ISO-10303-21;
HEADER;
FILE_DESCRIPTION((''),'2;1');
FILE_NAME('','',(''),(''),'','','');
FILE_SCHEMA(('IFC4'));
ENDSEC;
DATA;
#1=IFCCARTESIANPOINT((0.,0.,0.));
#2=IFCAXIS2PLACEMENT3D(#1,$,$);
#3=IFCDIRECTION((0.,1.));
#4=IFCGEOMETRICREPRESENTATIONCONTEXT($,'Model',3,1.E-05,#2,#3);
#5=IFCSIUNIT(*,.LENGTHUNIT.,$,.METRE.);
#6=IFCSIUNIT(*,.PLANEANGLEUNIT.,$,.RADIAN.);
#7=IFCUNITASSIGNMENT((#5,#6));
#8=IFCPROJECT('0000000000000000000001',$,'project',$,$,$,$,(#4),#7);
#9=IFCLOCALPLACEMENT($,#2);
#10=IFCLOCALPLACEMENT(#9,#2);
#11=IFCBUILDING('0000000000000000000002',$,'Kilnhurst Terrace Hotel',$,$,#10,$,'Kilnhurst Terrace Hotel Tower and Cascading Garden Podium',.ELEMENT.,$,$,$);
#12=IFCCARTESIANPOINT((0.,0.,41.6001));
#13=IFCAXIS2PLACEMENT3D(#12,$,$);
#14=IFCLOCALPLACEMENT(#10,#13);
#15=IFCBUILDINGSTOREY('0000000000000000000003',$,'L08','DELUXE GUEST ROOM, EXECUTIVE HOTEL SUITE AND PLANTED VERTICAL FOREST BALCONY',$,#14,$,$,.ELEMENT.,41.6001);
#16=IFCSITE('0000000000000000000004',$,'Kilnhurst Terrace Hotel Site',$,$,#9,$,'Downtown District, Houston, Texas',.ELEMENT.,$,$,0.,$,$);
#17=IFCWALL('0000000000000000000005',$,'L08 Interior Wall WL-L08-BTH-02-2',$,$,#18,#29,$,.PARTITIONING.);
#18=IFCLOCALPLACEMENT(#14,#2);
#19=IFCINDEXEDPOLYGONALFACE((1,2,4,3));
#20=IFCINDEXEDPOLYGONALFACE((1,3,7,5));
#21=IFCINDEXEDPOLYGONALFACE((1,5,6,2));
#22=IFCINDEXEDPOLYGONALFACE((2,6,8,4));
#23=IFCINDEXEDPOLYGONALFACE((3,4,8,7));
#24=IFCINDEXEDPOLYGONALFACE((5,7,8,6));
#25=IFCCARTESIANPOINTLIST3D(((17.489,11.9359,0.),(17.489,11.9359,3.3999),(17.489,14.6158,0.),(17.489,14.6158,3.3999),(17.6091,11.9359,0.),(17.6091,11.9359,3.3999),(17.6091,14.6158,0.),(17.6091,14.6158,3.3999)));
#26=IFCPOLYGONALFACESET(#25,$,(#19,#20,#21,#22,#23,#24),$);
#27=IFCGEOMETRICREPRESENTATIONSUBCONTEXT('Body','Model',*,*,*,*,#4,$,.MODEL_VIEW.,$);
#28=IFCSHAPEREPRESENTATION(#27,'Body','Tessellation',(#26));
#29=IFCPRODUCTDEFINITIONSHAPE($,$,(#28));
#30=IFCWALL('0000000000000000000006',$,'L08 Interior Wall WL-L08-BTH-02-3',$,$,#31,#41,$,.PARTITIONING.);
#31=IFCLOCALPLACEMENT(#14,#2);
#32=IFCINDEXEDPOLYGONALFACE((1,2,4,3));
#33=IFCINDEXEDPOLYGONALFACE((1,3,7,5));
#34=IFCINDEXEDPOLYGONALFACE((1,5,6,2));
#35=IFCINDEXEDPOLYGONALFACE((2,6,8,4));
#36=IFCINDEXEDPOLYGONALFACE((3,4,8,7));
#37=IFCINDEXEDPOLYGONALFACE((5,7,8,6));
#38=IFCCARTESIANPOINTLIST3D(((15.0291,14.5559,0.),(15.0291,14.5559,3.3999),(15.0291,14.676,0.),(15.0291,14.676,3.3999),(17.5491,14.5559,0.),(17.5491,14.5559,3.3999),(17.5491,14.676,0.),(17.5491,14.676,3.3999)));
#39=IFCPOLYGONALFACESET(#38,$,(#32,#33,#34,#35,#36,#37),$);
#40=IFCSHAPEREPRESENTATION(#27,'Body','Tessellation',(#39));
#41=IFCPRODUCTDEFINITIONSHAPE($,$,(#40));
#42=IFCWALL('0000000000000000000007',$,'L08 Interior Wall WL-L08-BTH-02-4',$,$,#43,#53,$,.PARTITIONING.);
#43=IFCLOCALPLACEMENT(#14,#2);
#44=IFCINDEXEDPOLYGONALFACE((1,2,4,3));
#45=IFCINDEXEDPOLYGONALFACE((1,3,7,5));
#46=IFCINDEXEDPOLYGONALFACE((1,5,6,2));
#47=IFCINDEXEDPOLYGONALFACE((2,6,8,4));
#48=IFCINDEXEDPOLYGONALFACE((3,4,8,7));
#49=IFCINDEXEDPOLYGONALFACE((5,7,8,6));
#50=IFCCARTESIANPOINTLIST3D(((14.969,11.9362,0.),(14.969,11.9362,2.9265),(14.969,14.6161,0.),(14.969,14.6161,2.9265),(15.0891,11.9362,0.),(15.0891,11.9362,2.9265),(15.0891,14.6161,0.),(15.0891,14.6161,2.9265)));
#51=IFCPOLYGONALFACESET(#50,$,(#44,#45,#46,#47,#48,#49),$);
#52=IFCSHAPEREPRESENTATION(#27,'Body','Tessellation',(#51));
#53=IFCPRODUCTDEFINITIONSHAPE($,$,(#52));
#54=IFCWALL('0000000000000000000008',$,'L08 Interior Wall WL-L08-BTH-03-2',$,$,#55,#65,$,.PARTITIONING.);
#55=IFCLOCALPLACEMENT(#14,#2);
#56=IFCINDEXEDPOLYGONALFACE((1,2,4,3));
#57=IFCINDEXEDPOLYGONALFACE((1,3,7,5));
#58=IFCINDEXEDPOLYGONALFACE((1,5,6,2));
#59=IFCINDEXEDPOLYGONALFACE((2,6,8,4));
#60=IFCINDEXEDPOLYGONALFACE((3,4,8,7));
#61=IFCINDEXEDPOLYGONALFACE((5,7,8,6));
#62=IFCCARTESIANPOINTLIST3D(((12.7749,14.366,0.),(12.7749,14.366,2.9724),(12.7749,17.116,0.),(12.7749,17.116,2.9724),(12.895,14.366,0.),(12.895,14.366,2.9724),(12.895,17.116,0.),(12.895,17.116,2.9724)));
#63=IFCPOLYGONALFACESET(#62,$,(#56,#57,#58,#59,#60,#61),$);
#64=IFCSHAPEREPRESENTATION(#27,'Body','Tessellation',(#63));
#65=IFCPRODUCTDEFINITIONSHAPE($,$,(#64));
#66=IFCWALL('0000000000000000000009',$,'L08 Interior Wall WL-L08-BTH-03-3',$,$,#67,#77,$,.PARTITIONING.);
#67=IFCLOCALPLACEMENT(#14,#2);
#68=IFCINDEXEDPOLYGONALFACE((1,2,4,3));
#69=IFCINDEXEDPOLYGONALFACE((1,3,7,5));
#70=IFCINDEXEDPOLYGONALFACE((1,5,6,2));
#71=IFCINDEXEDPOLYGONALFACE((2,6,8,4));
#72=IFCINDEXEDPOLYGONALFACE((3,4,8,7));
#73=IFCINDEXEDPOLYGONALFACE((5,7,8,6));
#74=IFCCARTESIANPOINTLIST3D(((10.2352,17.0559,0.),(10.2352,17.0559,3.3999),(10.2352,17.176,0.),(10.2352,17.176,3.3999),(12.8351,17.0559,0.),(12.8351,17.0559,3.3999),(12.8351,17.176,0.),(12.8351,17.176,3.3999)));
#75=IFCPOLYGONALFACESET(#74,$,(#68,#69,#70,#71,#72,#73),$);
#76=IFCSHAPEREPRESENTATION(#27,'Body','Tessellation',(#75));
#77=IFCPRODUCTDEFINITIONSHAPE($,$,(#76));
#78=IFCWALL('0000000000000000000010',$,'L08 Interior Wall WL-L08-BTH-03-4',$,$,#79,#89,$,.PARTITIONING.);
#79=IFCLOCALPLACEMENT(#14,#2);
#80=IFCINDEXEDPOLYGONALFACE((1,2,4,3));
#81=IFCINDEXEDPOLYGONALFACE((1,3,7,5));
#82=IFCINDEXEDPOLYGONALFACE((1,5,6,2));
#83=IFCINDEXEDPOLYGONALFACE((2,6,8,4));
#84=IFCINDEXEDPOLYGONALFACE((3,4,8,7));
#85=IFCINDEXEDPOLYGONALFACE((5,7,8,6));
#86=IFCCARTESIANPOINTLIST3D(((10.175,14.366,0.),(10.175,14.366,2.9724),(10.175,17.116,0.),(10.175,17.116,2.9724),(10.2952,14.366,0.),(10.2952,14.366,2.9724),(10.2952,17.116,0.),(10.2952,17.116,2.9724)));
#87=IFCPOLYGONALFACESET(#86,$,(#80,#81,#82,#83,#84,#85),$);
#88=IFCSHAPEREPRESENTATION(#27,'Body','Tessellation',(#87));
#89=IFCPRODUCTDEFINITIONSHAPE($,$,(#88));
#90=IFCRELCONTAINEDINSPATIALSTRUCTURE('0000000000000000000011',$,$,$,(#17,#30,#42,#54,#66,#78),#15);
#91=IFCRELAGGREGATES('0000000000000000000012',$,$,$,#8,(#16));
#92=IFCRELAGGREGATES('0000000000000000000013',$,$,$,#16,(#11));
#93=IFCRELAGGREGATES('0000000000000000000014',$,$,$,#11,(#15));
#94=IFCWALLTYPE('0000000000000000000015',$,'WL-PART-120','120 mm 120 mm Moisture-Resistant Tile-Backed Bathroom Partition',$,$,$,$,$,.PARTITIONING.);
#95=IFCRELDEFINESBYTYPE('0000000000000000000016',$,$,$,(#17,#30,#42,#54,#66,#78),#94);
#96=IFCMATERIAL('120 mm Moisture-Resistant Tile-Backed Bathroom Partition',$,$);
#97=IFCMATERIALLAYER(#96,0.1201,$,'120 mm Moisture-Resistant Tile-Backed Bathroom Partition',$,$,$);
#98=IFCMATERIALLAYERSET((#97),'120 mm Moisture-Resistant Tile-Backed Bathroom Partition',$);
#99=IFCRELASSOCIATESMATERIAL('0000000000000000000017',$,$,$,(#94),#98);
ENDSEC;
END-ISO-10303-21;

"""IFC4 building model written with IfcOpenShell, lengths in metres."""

from ifc_helpers import new_model, si_unit, direction, frame, frame_2d, origin, place, context, subcontext, project, spatial, rectangle, extrude, material, layer, layer_set, type_object, element, save


model = new_model("IFC4")

# Units and contexts
model_context = context("Model", 3, precision=1e-05, world=origin(), true_north=direction((0.0, 1.0)))
body_context = subcontext(model_context, "Body", "Model", "MODEL_VIEW")
ifc_project = project(units=[si_unit("LENGTHUNIT", "METRE"), si_unit("PLANEANGLEUNIT", "RADIAN")], contexts=[model_context])

# Site, building, storey
site_placement = place(None, origin())
site = spatial("IfcSite", under=ifc_project, at=site_placement, Name="Kilnhurst Terrace Hotel Site", LongName="Downtown District, Houston, Texas", CompositionType="ELEMENT", RefElevation=0.0)
building_placement = place(site_placement, origin())
building = spatial("IfcBuilding", under=site, at=building_placement, Name="Kilnhurst Terrace Hotel", LongName="Kilnhurst Terrace Hotel Tower and Cascading Garden Podium", CompositionType="ELEMENT")
storey_placement = place(building_placement, frame((0.0, 0.0, 41.6001)))
storey = spatial("IfcBuildingStorey", under=building, at=storey_placement, Name="L08", Description="DELUXE GUEST ROOM, EXECUTIVE HOTEL SUITE AND PLANTED VERTICAL FOREST BALCONY", CompositionType="ELEMENT", Elevation=41.6001)

# Shared definitions
ifc_material_1 = material(Name="120 mm Moisture-Resistant Tile-Backed Bathroom Partition")
ifc_layer_1 = layer(ifc_material_1, 0.1201, Name="120 mm Moisture-Resistant Tile-Backed Bathroom Partition")
ifc_layer_set_1 = layer_set([ifc_layer_1], Name="120 mm Moisture-Resistant Tile-Backed Bathroom Partition")
wall_type_1 = type_object("IfcWallType", Name="WL-PART-120", Description="120 mm 120 mm Moisture-Resistant Tile-Backed Bathroom Partition", PredefinedType="PARTITIONING", material=ifc_layer_set_1)

# Walls
wall_1_placement = place(storey_placement, frame((17.5491, 11.936, 0.0), z_axis=(0.0, 0.0, 1.0), x_axis=(0.0, 1.0, 0.0)))
element("IfcWall", 1, at=wall_1_placement, inside=storey, type_object=wall_type_1, Name="L08 Interior Wall WL-L08-BTH-02-2", PredefinedType="PARTITIONING", context=body_context, shape_type="SweptSolid", body=[
    extrude(rectangle(XDim=2.6799, YDim=0.1201, at=frame_2d((1.3398, 0.0))), origin(), (0.0, 0.0, 1.0), 3.3999),
])
wall_2_placement = place(storey_placement, frame((17.5491, 14.616, 0.0), z_axis=(0.0, 0.0, 1.0), x_axis=(-1.0, 0.0, 0.0)))
element("IfcWall", 2, at=wall_2_placement, inside=storey, type_object=wall_type_1, Name="L08 Interior Wall WL-L08-BTH-02-3", PredefinedType="PARTITIONING", context=body_context, shape_type="SweptSolid", body=[
    extrude(rectangle(XDim=2.52, YDim=0.1201, at=frame_2d((1.26, 0.0))), origin(), (0.0, 0.0, 1.0), 3.3999),
])
wall_3_placement = place(storey_placement, frame((15.0291, 14.616, 0.0), z_axis=(0.0, 0.0, 1.0), x_axis=(0.0, -1.0, 0.0)))
element("IfcWall", 3, at=wall_3_placement, inside=storey, type_object=wall_type_1, Name="L08 Interior Wall WL-L08-BTH-02-4", PredefinedType="PARTITIONING", context=body_context, shape_type="SweptSolid", body=[
    extrude(rectangle(XDim=2.6799, YDim=0.1201, at=frame_2d((1.3398, 0.0))), origin(), (0.0, 0.0, 1.0), 2.9265),
])
wall_4_placement = place(storey_placement, frame((12.835, 14.366, 0.0), z_axis=(0.0, 0.0, 1.0), x_axis=(0.0, 1.0, 0.0)))
element("IfcWall", 4, at=wall_4_placement, inside=storey, type_object=wall_type_1, Name="L08 Interior Wall WL-L08-BTH-03-2", PredefinedType="PARTITIONING", context=body_context, shape_type="SweptSolid", body=[
    extrude(rectangle(XDim=2.75, YDim=0.1201, at=frame_2d((1.375, 0.0))), origin(), (0.0, 0.0, 1.0), 2.9724),
])
wall_5_placement = place(storey_placement, frame((12.835, 17.116, 0.0), z_axis=(0.0, 0.0, 1.0), x_axis=(-1.0, 0.0, 0.0)))
element("IfcWall", 5, at=wall_5_placement, inside=storey, type_object=wall_type_1, Name="L08 Interior Wall WL-L08-BTH-03-3", PredefinedType="PARTITIONING", context=body_context, shape_type="SweptSolid", body=[
    extrude(rectangle(XDim=2.5999, YDim=0.1201, at=frame_2d((1.2998, 0.0))), origin(), (0.0, 0.0, 1.0), 3.3999),
])
wall_6_placement = place(storey_placement, frame((10.2351, 17.116, 0.0), z_axis=(0.0, 0.0, 1.0), x_axis=(0.0, -1.0, 0.0)))
element("IfcWall", 6, at=wall_6_placement, inside=storey, type_object=wall_type_1, Name="L08 Interior Wall WL-L08-BTH-03-4", PredefinedType="PARTITIONING", context=body_context, shape_type="SweptSolid", body=[
    extrude(rectangle(XDim=2.75, YDim=0.1201, at=frame_2d((1.375, 0.0))), origin(), (0.0, 0.0, 1.0), 2.9724),
])

save(model, "model.ifc")
